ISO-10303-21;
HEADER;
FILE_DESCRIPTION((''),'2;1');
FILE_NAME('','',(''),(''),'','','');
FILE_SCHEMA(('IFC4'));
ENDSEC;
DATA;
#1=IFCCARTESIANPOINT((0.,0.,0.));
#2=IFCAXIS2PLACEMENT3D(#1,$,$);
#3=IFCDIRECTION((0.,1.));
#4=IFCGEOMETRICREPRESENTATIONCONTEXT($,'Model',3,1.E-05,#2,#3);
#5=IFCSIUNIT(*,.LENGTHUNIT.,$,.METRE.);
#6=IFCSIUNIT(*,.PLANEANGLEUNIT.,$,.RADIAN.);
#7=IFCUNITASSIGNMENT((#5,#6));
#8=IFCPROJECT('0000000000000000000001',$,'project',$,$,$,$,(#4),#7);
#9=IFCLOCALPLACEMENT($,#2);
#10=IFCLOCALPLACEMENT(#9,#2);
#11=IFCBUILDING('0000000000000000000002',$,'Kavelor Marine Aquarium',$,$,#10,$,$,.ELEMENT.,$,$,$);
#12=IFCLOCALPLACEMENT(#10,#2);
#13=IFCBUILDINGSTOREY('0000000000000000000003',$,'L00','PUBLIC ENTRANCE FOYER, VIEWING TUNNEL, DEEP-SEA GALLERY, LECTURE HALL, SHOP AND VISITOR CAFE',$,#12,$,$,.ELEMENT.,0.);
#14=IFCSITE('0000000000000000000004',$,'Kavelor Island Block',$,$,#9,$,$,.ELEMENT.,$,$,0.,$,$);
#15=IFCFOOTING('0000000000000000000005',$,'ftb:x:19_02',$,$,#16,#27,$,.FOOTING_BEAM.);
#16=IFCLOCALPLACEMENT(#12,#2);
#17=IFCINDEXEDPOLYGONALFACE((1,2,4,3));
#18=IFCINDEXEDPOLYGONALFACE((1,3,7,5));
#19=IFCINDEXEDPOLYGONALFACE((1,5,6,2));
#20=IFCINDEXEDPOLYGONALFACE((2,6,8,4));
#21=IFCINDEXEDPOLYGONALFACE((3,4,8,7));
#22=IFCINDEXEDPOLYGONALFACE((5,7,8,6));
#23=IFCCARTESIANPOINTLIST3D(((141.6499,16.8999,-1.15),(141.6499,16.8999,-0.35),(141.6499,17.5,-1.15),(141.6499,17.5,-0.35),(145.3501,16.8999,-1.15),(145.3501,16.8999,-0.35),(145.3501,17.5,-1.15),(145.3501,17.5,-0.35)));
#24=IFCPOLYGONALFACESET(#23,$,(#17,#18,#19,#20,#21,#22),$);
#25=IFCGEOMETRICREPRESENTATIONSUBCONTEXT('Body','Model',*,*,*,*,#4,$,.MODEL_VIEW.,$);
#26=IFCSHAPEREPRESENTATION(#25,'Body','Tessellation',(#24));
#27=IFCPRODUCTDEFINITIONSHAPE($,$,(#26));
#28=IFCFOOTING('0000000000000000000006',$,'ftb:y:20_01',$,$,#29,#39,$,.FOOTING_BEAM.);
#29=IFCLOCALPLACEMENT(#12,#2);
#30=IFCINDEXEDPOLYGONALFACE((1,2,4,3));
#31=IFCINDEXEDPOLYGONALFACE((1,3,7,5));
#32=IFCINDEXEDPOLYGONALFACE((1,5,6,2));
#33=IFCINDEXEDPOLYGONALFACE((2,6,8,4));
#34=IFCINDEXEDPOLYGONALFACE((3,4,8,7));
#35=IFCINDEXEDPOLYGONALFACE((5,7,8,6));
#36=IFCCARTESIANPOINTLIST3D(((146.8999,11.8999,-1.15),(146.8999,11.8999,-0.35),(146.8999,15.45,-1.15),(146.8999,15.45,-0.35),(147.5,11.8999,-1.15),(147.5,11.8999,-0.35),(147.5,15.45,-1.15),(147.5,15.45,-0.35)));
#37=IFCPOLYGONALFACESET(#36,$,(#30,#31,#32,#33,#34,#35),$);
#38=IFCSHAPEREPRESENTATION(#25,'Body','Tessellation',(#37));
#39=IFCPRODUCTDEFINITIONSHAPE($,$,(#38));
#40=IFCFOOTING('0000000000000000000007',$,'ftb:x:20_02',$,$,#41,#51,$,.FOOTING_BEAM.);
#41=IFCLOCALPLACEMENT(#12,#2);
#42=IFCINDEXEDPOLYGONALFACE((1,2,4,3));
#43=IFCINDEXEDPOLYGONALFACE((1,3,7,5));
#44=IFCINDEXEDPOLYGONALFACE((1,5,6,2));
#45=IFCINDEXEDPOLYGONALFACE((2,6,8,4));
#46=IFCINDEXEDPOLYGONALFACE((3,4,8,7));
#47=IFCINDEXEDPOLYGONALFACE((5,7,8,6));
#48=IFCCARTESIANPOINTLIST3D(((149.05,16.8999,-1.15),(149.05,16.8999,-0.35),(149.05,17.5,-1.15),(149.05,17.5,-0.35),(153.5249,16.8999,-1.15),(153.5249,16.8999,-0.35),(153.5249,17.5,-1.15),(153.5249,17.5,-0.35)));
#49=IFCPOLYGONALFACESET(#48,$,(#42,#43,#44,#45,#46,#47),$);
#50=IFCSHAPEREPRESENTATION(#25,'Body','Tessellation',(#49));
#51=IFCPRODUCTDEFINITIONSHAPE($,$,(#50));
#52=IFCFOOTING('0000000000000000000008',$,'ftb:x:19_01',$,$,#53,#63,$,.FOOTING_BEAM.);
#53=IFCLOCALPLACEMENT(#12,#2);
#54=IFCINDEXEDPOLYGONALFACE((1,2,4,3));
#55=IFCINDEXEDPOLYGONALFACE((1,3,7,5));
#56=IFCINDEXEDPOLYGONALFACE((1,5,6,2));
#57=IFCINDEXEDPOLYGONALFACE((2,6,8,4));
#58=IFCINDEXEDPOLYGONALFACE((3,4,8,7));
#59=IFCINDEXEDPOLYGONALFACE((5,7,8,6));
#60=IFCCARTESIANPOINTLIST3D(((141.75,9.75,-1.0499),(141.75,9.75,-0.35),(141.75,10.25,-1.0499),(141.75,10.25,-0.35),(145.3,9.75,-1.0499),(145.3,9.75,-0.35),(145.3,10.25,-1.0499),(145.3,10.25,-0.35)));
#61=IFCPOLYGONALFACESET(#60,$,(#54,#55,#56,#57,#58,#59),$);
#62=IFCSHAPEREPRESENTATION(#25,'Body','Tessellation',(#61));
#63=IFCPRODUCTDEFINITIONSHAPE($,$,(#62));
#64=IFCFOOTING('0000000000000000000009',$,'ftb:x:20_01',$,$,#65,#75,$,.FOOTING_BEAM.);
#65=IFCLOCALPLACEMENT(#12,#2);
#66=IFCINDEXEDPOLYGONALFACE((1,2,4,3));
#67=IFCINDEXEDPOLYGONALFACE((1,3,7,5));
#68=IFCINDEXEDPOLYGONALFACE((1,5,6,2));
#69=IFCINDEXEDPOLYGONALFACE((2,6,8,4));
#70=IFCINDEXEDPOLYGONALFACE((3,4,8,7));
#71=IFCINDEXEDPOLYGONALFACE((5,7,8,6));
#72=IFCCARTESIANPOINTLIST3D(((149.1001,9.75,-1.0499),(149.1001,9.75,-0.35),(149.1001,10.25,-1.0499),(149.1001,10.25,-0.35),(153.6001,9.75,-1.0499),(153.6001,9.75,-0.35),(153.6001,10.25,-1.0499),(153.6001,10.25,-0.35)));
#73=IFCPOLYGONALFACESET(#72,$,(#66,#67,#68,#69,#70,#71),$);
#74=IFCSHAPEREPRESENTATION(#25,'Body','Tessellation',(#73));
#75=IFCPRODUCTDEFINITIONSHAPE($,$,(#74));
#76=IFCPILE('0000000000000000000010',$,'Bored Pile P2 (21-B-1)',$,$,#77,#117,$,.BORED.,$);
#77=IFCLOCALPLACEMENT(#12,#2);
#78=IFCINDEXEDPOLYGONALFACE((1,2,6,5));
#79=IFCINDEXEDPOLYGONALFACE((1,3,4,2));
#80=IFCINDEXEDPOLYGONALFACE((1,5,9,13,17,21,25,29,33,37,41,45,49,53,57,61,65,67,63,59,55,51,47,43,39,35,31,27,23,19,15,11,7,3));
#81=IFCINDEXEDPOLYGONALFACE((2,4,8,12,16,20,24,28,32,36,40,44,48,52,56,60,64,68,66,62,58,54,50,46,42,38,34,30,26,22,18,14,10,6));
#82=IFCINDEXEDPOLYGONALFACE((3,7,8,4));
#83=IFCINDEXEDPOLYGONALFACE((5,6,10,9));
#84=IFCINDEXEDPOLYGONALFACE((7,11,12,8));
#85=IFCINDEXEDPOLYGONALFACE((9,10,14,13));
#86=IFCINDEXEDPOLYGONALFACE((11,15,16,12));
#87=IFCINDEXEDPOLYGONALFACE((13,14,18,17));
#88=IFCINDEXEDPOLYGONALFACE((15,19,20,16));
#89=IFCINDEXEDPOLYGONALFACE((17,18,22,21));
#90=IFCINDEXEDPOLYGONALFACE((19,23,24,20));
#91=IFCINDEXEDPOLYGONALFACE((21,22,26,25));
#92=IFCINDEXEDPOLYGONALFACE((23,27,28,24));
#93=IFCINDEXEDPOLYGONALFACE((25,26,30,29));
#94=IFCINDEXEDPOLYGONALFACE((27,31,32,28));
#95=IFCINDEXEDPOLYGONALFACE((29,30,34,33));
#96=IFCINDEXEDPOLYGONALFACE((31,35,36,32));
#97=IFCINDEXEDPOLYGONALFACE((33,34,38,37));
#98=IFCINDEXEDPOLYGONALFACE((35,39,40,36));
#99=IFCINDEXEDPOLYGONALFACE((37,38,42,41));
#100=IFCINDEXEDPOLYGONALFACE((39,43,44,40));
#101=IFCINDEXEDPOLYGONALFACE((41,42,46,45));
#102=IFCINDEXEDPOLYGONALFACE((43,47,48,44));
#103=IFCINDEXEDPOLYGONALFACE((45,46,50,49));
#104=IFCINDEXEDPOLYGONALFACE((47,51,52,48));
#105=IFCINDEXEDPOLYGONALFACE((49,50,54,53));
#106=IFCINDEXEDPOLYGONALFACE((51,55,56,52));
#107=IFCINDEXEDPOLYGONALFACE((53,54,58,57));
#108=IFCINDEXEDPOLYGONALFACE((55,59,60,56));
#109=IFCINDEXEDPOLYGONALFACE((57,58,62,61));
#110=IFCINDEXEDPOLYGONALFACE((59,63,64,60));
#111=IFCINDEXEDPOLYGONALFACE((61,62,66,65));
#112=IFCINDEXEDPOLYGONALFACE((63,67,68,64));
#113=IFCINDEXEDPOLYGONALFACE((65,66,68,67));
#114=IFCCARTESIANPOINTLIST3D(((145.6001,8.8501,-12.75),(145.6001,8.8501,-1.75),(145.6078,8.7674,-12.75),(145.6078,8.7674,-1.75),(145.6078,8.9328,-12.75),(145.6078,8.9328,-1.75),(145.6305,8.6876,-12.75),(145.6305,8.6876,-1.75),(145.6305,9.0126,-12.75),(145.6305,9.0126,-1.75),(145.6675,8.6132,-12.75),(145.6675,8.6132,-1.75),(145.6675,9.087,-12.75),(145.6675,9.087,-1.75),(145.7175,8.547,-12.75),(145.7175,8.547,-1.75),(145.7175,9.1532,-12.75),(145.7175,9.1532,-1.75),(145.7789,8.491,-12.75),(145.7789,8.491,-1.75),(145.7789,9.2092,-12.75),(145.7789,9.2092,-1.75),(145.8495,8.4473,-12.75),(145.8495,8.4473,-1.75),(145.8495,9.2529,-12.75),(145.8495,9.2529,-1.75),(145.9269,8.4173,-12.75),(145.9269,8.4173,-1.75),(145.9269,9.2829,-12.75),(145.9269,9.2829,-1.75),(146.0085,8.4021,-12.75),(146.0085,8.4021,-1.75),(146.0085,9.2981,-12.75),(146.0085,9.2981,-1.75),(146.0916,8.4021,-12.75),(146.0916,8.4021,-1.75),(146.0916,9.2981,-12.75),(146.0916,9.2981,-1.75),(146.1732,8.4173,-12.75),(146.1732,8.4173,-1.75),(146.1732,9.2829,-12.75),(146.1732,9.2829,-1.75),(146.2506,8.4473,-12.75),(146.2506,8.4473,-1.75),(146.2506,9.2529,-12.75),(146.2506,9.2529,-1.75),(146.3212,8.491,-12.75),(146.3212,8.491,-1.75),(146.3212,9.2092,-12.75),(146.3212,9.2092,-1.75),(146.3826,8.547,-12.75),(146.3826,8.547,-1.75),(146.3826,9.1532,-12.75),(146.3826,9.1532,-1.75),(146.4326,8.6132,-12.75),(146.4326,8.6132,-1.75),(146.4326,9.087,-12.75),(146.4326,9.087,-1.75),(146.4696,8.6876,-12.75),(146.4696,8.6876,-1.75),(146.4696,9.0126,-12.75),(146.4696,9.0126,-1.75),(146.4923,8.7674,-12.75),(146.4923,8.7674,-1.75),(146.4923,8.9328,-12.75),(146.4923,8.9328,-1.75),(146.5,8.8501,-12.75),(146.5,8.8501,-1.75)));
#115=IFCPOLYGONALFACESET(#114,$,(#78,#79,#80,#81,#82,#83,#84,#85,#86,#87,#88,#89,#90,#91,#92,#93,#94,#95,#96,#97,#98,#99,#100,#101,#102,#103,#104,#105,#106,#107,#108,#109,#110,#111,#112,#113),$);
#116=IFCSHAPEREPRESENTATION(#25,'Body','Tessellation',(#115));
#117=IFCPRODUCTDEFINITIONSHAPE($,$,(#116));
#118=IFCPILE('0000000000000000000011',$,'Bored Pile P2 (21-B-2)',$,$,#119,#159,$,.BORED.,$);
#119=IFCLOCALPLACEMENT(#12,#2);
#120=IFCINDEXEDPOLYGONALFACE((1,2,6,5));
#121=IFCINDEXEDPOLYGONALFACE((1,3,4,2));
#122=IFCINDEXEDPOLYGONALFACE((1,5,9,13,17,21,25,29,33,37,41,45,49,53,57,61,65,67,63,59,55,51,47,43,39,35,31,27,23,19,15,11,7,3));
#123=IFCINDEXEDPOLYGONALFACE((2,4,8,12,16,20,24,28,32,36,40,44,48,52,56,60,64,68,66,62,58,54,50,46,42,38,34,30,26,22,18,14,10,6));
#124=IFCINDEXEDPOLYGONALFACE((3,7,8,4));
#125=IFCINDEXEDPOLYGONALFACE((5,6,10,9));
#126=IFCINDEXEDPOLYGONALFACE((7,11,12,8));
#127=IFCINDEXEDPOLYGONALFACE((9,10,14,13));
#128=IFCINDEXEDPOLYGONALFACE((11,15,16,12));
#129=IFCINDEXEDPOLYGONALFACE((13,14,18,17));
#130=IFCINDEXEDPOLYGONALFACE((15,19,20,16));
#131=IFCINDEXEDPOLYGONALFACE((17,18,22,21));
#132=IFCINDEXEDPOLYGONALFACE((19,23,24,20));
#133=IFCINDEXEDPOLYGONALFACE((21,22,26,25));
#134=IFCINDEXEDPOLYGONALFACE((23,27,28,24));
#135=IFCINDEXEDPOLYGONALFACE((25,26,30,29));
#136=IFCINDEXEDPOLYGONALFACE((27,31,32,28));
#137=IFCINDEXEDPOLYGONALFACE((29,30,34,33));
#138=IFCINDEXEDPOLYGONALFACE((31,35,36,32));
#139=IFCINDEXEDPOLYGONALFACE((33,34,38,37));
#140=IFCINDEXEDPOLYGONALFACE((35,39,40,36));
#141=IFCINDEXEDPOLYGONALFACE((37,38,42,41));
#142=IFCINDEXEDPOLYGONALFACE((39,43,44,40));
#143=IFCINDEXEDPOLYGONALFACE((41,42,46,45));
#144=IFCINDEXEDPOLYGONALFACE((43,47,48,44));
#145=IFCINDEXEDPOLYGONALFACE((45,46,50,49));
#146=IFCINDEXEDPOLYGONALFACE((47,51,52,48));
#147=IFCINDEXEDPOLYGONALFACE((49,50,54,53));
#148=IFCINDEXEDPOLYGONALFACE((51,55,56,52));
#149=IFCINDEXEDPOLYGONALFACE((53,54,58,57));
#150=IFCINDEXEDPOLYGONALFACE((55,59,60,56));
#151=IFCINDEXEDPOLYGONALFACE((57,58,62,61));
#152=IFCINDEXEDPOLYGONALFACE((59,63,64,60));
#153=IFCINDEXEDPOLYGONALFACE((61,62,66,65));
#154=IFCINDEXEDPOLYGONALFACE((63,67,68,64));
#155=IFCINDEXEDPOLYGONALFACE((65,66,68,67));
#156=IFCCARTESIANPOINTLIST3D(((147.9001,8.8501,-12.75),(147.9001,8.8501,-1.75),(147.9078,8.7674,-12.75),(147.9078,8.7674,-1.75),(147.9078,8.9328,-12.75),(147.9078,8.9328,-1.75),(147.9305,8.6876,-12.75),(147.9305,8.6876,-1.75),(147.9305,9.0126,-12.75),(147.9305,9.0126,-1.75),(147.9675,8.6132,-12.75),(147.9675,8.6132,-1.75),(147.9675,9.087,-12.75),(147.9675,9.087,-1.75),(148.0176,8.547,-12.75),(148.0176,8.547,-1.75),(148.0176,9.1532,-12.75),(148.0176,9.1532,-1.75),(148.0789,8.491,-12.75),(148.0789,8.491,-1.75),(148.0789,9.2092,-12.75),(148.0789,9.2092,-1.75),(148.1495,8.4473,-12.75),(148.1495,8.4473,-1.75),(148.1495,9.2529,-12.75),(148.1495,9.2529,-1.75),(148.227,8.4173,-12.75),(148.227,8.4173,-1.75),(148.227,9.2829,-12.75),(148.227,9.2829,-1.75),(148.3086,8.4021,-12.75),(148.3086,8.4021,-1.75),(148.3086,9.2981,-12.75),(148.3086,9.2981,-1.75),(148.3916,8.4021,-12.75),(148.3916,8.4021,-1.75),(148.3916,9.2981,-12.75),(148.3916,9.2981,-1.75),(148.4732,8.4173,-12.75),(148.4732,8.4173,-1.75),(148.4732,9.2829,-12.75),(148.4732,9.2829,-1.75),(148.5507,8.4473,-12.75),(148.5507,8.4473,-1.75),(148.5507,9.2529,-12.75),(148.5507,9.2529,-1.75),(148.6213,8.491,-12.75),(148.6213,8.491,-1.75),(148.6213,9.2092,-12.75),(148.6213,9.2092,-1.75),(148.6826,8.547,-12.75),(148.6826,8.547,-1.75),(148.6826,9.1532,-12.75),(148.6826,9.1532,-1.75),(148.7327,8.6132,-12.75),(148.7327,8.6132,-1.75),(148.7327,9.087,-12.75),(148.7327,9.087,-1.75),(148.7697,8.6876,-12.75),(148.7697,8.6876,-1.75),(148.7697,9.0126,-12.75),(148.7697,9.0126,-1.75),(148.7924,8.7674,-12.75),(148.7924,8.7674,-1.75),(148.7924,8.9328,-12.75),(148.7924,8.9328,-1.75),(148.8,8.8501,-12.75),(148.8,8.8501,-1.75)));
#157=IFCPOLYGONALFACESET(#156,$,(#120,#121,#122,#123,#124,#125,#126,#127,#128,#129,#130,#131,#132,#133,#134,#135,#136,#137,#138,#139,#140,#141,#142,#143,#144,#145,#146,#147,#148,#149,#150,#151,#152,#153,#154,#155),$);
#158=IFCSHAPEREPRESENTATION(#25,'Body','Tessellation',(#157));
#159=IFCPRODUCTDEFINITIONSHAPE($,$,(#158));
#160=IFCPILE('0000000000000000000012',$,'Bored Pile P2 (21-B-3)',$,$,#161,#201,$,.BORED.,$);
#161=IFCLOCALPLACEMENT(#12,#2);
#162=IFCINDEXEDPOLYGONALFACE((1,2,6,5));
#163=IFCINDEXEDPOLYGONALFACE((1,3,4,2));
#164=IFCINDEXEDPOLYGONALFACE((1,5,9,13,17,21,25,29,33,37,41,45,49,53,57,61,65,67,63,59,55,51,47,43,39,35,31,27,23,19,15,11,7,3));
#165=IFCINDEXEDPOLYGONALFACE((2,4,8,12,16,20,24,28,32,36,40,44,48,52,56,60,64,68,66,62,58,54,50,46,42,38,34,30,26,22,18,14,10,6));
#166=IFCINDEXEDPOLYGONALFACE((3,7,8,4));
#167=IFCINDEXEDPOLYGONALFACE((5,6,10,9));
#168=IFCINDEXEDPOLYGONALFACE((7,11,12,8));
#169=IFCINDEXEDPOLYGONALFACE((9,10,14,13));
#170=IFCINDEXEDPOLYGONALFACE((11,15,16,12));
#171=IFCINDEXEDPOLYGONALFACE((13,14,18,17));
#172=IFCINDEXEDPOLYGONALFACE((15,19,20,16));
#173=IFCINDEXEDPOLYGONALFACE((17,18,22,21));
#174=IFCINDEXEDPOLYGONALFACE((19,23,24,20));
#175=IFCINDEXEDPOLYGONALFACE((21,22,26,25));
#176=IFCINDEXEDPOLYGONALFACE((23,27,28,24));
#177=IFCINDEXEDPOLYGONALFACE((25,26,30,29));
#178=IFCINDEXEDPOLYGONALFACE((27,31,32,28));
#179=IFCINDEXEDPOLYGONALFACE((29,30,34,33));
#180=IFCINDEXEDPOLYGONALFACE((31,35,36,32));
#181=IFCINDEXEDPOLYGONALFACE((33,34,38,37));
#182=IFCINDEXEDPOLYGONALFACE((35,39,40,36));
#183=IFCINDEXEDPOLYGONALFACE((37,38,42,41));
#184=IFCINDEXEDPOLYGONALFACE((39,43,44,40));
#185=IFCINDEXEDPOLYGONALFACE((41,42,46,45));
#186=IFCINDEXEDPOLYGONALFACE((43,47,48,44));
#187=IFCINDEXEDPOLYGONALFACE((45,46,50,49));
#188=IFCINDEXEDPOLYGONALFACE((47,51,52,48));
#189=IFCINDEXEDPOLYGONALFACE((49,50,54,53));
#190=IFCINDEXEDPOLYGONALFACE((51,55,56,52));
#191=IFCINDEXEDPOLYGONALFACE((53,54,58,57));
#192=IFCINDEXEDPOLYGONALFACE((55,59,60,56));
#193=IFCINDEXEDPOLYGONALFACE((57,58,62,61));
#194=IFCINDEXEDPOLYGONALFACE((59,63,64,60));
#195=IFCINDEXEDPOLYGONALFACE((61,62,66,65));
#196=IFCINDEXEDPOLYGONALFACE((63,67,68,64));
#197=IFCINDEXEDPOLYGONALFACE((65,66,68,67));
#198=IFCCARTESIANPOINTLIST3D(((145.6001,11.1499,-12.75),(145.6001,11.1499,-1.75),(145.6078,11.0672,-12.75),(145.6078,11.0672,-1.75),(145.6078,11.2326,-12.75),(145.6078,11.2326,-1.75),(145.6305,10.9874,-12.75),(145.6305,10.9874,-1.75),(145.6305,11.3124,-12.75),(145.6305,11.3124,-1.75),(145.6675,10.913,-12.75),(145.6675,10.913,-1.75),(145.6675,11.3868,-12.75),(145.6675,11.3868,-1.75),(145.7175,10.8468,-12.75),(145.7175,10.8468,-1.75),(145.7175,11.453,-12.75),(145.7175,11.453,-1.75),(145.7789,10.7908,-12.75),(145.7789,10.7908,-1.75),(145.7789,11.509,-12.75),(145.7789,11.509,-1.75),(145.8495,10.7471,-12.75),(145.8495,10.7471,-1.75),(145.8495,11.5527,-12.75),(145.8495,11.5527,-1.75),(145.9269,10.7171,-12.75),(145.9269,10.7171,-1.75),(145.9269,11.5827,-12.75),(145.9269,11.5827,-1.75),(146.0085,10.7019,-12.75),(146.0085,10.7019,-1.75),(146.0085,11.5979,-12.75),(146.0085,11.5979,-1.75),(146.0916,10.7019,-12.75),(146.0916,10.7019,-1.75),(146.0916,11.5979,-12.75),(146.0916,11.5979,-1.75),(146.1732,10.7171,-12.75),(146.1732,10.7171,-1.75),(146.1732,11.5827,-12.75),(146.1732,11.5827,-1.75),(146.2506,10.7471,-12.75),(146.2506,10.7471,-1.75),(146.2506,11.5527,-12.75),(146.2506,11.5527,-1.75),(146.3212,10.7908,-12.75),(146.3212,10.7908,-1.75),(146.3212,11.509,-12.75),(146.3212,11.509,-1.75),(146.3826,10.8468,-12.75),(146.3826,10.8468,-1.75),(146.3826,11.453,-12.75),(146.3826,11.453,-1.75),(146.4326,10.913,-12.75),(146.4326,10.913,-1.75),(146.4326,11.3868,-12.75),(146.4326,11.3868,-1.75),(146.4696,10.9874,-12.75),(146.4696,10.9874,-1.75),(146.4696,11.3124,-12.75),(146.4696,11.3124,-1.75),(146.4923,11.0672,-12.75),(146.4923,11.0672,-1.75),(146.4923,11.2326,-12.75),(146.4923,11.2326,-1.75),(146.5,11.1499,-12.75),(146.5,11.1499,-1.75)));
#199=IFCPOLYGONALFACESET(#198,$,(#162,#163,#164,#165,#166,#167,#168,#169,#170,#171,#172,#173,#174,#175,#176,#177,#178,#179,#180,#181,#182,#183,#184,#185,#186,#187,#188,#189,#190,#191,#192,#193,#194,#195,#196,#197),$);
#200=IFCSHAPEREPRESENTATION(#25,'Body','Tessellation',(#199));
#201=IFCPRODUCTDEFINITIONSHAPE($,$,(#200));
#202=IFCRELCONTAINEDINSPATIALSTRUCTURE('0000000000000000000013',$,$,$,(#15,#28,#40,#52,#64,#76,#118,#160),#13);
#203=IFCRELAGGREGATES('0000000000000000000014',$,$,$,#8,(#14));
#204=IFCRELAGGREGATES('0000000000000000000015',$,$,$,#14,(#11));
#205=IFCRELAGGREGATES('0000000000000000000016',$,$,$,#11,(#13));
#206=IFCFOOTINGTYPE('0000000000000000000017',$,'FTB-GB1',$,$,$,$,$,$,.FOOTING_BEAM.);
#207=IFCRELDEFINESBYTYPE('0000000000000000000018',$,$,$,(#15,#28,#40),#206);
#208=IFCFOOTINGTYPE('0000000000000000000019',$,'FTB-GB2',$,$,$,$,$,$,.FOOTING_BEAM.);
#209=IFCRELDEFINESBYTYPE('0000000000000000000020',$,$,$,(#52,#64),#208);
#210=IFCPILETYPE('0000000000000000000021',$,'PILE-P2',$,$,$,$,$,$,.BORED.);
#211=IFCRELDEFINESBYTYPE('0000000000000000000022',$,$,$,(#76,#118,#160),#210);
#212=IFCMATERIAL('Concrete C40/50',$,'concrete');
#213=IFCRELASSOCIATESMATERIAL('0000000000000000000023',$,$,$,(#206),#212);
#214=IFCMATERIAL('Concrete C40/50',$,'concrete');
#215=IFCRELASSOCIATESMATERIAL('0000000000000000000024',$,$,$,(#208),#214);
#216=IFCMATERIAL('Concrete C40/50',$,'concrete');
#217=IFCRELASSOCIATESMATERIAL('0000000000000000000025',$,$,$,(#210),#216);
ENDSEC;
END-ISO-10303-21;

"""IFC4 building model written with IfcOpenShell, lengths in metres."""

from ifc_helpers import new_model, si_unit, direction, frame, origin, origin_2d, place, context, subcontext, project, spatial, rectangle, circle, extrude, material, material_profile, profile_set, type_object, element, save


model = new_model("IFC4")

# Units and contexts
model_context = context("Model", 3, precision=1e-05, world=origin(), true_north=direction((0.0, 1.0)))
body_context = subcontext(model_context, "Body", "Model", "MODEL_VIEW")
ifc_project = project(units=[si_unit("LENGTHUNIT", "METRE"), si_unit("PLANEANGLEUNIT", "RADIAN")], contexts=[model_context])

# Site, building, storey
site_placement = place(None, origin())
site = spatial("IfcSite", under=ifc_project, at=site_placement, Name="Kavelor Island Block", CompositionType="ELEMENT", RefElevation=0.0)
building_placement = place(site_placement, origin())
building = spatial("IfcBuilding", under=site, at=building_placement, Name="Kavelor Marine Aquarium", CompositionType="ELEMENT")
storey_placement = place(building_placement, origin())
storey = spatial("IfcBuildingStorey", under=building, at=storey_placement, Name="L00", Description="PUBLIC ENTRANCE FOYER, VIEWING TUNNEL, DEEP-SEA GALLERY, LECTURE HALL, SHOP AND VISITOR CAFE", CompositionType="ELEMENT", Elevation=0.0)

# Footings
ifc_material_1 = material(Name="Concrete C40/50", Category="concrete")
ifc_material_profile_1 = material_profile(ifc_material_1, rectangle(XDim=0.6001, YDim=0.8, at=origin_2d()), Name="GB 600x800")
ifc_profile_set_1 = profile_set([ifc_material_profile_1], Name="Concrete C40/50")
footing_type_1 = type_object("IfcFootingType", Name="FTB-GB1", PredefinedType="FOOTING_BEAM", material=ifc_profile_set_1)
footing_1_placement = place(storey_placement, frame((141.6499, 17.2, -0.75), z_axis=(1.0, 0.0, 0.0), x_axis=(0.0, 1.0, 0.0)))
element("IfcFooting", 1, at=footing_1_placement, inside=storey, type_object=footing_type_1, Name="ftb:x:19_02", PredefinedType="FOOTING_BEAM", context=body_context, shape_type="SweptSolid", body=[
    extrude(rectangle(XDim=0.6001, YDim=0.8, at=origin_2d()), origin(), (0.0, 0.0, 1.0), 3.7002),
])
footing_2_placement = place(storey_placement, frame((147.2, 11.8999, -0.75), z_axis=(0.0, 1.0, 0.0), x_axis=(-1.0, 0.0, 0.0)))
element("IfcFooting", 2, at=footing_2_placement, inside=storey, type_object=footing_type_1, Name="ftb:y:20_01", PredefinedType="FOOTING_BEAM", context=body_context, shape_type="SweptSolid", body=[
    extrude(rectangle(XDim=0.6001, YDim=0.8, at=origin_2d()), origin(), (0.0, 0.0, 1.0), 3.55),
])
footing_3_placement = place(storey_placement, frame((149.05, 17.2, -0.75), z_axis=(1.0, 0.0, 0.0), x_axis=(0.0, 1.0, 0.0)))
element("IfcFooting", 3, at=footing_3_placement, inside=storey, type_object=footing_type_1, Name="ftb:x:20_02", PredefinedType="FOOTING_BEAM", context=body_context, shape_type="SweptSolid", body=[
    extrude(rectangle(XDim=0.6001, YDim=0.8, at=origin_2d()), origin(), (0.0, 0.0, 1.0), 4.4749),
])
ifc_material_2 = material(Name="Concrete C40/50", Category="concrete")
ifc_material_profile_2 = material_profile(ifc_material_2, rectangle(XDim=0.5, YDim=0.7, at=origin_2d()), Name="GB 500x700")
ifc_profile_set_2 = profile_set([ifc_material_profile_2], Name="Concrete C40/50")
footing_type_2 = type_object("IfcFootingType", Name="FTB-GB2", PredefinedType="FOOTING_BEAM", material=ifc_profile_set_2)
footing_4_placement = place(storey_placement, frame((141.75, 10.0, -0.7), z_axis=(1.0, 0.0, 0.0), x_axis=(0.0, 1.0, 0.0)))
element("IfcFooting", 4, at=footing_4_placement, inside=storey, type_object=footing_type_2, Name="ftb:x:19_01", PredefinedType="FOOTING_BEAM", context=body_context, shape_type="SweptSolid", body=[
    extrude(rectangle(XDim=0.5, YDim=0.7, at=origin_2d()), origin(), (0.0, 0.0, 1.0), 3.55),
])
footing_5_placement = place(storey_placement, frame((149.1001, 10.0, -0.7), z_axis=(1.0, 0.0, 0.0), x_axis=(0.0, 1.0, 0.0)))
element("IfcFooting", 5, at=footing_5_placement, inside=storey, type_object=footing_type_2, Name="ftb:x:20_01", PredefinedType="FOOTING_BEAM", context=body_context, shape_type="SweptSolid", body=[
    extrude(rectangle(XDim=0.5, YDim=0.7, at=origin_2d()), origin(), (0.0, 0.0, 1.0), 4.5),
])

# Piles
ifc_material_3 = material(Name="Concrete C40/50", Category="concrete")
ifc_material_profile_3 = material_profile(ifc_material_3, circle(Radius=0.45, at=origin_2d()), Name="PILE D900")
ifc_profile_set_3 = profile_set([ifc_material_profile_3], Name="Concrete C40/50")
pile_type_1 = type_object("IfcPileType", Name="PILE-P2", PredefinedType="BORED", material=ifc_profile_set_3)
for number, where, z_axis, x_axis, name in (
    (6, (146.05, 8.8501, -1.75), (0.0, 0.0, -1.0), (1.0, 0.0, 0.0), "Bored Pile P2 (21-B-1)"),
    (7, (148.3501, 8.8501, -1.75), (0.0, 0.0, -1.0), (1.0, 0.0, 0.0), "Bored Pile P2 (21-B-2)"),
    (8, (146.05, 11.1499, -1.75), (0.0, 0.0, -1.0), (1.0, 0.0, 0.0), "Bored Pile P2 (21-B-3)"),
):
    element("IfcPile", number, at=place(storey_placement, frame(where, z_axis=z_axis, x_axis=x_axis)), inside=storey, type_object=pile_type_1, Name=name, PredefinedType="BORED", context=body_context, shape_type="SweptSolid", body=[
        extrude(circle(Radius=0.45, at=origin_2d()), origin(), (0.0, 0.0, 1.0), 11.0),
    ])

save(model, "model.ifc")
